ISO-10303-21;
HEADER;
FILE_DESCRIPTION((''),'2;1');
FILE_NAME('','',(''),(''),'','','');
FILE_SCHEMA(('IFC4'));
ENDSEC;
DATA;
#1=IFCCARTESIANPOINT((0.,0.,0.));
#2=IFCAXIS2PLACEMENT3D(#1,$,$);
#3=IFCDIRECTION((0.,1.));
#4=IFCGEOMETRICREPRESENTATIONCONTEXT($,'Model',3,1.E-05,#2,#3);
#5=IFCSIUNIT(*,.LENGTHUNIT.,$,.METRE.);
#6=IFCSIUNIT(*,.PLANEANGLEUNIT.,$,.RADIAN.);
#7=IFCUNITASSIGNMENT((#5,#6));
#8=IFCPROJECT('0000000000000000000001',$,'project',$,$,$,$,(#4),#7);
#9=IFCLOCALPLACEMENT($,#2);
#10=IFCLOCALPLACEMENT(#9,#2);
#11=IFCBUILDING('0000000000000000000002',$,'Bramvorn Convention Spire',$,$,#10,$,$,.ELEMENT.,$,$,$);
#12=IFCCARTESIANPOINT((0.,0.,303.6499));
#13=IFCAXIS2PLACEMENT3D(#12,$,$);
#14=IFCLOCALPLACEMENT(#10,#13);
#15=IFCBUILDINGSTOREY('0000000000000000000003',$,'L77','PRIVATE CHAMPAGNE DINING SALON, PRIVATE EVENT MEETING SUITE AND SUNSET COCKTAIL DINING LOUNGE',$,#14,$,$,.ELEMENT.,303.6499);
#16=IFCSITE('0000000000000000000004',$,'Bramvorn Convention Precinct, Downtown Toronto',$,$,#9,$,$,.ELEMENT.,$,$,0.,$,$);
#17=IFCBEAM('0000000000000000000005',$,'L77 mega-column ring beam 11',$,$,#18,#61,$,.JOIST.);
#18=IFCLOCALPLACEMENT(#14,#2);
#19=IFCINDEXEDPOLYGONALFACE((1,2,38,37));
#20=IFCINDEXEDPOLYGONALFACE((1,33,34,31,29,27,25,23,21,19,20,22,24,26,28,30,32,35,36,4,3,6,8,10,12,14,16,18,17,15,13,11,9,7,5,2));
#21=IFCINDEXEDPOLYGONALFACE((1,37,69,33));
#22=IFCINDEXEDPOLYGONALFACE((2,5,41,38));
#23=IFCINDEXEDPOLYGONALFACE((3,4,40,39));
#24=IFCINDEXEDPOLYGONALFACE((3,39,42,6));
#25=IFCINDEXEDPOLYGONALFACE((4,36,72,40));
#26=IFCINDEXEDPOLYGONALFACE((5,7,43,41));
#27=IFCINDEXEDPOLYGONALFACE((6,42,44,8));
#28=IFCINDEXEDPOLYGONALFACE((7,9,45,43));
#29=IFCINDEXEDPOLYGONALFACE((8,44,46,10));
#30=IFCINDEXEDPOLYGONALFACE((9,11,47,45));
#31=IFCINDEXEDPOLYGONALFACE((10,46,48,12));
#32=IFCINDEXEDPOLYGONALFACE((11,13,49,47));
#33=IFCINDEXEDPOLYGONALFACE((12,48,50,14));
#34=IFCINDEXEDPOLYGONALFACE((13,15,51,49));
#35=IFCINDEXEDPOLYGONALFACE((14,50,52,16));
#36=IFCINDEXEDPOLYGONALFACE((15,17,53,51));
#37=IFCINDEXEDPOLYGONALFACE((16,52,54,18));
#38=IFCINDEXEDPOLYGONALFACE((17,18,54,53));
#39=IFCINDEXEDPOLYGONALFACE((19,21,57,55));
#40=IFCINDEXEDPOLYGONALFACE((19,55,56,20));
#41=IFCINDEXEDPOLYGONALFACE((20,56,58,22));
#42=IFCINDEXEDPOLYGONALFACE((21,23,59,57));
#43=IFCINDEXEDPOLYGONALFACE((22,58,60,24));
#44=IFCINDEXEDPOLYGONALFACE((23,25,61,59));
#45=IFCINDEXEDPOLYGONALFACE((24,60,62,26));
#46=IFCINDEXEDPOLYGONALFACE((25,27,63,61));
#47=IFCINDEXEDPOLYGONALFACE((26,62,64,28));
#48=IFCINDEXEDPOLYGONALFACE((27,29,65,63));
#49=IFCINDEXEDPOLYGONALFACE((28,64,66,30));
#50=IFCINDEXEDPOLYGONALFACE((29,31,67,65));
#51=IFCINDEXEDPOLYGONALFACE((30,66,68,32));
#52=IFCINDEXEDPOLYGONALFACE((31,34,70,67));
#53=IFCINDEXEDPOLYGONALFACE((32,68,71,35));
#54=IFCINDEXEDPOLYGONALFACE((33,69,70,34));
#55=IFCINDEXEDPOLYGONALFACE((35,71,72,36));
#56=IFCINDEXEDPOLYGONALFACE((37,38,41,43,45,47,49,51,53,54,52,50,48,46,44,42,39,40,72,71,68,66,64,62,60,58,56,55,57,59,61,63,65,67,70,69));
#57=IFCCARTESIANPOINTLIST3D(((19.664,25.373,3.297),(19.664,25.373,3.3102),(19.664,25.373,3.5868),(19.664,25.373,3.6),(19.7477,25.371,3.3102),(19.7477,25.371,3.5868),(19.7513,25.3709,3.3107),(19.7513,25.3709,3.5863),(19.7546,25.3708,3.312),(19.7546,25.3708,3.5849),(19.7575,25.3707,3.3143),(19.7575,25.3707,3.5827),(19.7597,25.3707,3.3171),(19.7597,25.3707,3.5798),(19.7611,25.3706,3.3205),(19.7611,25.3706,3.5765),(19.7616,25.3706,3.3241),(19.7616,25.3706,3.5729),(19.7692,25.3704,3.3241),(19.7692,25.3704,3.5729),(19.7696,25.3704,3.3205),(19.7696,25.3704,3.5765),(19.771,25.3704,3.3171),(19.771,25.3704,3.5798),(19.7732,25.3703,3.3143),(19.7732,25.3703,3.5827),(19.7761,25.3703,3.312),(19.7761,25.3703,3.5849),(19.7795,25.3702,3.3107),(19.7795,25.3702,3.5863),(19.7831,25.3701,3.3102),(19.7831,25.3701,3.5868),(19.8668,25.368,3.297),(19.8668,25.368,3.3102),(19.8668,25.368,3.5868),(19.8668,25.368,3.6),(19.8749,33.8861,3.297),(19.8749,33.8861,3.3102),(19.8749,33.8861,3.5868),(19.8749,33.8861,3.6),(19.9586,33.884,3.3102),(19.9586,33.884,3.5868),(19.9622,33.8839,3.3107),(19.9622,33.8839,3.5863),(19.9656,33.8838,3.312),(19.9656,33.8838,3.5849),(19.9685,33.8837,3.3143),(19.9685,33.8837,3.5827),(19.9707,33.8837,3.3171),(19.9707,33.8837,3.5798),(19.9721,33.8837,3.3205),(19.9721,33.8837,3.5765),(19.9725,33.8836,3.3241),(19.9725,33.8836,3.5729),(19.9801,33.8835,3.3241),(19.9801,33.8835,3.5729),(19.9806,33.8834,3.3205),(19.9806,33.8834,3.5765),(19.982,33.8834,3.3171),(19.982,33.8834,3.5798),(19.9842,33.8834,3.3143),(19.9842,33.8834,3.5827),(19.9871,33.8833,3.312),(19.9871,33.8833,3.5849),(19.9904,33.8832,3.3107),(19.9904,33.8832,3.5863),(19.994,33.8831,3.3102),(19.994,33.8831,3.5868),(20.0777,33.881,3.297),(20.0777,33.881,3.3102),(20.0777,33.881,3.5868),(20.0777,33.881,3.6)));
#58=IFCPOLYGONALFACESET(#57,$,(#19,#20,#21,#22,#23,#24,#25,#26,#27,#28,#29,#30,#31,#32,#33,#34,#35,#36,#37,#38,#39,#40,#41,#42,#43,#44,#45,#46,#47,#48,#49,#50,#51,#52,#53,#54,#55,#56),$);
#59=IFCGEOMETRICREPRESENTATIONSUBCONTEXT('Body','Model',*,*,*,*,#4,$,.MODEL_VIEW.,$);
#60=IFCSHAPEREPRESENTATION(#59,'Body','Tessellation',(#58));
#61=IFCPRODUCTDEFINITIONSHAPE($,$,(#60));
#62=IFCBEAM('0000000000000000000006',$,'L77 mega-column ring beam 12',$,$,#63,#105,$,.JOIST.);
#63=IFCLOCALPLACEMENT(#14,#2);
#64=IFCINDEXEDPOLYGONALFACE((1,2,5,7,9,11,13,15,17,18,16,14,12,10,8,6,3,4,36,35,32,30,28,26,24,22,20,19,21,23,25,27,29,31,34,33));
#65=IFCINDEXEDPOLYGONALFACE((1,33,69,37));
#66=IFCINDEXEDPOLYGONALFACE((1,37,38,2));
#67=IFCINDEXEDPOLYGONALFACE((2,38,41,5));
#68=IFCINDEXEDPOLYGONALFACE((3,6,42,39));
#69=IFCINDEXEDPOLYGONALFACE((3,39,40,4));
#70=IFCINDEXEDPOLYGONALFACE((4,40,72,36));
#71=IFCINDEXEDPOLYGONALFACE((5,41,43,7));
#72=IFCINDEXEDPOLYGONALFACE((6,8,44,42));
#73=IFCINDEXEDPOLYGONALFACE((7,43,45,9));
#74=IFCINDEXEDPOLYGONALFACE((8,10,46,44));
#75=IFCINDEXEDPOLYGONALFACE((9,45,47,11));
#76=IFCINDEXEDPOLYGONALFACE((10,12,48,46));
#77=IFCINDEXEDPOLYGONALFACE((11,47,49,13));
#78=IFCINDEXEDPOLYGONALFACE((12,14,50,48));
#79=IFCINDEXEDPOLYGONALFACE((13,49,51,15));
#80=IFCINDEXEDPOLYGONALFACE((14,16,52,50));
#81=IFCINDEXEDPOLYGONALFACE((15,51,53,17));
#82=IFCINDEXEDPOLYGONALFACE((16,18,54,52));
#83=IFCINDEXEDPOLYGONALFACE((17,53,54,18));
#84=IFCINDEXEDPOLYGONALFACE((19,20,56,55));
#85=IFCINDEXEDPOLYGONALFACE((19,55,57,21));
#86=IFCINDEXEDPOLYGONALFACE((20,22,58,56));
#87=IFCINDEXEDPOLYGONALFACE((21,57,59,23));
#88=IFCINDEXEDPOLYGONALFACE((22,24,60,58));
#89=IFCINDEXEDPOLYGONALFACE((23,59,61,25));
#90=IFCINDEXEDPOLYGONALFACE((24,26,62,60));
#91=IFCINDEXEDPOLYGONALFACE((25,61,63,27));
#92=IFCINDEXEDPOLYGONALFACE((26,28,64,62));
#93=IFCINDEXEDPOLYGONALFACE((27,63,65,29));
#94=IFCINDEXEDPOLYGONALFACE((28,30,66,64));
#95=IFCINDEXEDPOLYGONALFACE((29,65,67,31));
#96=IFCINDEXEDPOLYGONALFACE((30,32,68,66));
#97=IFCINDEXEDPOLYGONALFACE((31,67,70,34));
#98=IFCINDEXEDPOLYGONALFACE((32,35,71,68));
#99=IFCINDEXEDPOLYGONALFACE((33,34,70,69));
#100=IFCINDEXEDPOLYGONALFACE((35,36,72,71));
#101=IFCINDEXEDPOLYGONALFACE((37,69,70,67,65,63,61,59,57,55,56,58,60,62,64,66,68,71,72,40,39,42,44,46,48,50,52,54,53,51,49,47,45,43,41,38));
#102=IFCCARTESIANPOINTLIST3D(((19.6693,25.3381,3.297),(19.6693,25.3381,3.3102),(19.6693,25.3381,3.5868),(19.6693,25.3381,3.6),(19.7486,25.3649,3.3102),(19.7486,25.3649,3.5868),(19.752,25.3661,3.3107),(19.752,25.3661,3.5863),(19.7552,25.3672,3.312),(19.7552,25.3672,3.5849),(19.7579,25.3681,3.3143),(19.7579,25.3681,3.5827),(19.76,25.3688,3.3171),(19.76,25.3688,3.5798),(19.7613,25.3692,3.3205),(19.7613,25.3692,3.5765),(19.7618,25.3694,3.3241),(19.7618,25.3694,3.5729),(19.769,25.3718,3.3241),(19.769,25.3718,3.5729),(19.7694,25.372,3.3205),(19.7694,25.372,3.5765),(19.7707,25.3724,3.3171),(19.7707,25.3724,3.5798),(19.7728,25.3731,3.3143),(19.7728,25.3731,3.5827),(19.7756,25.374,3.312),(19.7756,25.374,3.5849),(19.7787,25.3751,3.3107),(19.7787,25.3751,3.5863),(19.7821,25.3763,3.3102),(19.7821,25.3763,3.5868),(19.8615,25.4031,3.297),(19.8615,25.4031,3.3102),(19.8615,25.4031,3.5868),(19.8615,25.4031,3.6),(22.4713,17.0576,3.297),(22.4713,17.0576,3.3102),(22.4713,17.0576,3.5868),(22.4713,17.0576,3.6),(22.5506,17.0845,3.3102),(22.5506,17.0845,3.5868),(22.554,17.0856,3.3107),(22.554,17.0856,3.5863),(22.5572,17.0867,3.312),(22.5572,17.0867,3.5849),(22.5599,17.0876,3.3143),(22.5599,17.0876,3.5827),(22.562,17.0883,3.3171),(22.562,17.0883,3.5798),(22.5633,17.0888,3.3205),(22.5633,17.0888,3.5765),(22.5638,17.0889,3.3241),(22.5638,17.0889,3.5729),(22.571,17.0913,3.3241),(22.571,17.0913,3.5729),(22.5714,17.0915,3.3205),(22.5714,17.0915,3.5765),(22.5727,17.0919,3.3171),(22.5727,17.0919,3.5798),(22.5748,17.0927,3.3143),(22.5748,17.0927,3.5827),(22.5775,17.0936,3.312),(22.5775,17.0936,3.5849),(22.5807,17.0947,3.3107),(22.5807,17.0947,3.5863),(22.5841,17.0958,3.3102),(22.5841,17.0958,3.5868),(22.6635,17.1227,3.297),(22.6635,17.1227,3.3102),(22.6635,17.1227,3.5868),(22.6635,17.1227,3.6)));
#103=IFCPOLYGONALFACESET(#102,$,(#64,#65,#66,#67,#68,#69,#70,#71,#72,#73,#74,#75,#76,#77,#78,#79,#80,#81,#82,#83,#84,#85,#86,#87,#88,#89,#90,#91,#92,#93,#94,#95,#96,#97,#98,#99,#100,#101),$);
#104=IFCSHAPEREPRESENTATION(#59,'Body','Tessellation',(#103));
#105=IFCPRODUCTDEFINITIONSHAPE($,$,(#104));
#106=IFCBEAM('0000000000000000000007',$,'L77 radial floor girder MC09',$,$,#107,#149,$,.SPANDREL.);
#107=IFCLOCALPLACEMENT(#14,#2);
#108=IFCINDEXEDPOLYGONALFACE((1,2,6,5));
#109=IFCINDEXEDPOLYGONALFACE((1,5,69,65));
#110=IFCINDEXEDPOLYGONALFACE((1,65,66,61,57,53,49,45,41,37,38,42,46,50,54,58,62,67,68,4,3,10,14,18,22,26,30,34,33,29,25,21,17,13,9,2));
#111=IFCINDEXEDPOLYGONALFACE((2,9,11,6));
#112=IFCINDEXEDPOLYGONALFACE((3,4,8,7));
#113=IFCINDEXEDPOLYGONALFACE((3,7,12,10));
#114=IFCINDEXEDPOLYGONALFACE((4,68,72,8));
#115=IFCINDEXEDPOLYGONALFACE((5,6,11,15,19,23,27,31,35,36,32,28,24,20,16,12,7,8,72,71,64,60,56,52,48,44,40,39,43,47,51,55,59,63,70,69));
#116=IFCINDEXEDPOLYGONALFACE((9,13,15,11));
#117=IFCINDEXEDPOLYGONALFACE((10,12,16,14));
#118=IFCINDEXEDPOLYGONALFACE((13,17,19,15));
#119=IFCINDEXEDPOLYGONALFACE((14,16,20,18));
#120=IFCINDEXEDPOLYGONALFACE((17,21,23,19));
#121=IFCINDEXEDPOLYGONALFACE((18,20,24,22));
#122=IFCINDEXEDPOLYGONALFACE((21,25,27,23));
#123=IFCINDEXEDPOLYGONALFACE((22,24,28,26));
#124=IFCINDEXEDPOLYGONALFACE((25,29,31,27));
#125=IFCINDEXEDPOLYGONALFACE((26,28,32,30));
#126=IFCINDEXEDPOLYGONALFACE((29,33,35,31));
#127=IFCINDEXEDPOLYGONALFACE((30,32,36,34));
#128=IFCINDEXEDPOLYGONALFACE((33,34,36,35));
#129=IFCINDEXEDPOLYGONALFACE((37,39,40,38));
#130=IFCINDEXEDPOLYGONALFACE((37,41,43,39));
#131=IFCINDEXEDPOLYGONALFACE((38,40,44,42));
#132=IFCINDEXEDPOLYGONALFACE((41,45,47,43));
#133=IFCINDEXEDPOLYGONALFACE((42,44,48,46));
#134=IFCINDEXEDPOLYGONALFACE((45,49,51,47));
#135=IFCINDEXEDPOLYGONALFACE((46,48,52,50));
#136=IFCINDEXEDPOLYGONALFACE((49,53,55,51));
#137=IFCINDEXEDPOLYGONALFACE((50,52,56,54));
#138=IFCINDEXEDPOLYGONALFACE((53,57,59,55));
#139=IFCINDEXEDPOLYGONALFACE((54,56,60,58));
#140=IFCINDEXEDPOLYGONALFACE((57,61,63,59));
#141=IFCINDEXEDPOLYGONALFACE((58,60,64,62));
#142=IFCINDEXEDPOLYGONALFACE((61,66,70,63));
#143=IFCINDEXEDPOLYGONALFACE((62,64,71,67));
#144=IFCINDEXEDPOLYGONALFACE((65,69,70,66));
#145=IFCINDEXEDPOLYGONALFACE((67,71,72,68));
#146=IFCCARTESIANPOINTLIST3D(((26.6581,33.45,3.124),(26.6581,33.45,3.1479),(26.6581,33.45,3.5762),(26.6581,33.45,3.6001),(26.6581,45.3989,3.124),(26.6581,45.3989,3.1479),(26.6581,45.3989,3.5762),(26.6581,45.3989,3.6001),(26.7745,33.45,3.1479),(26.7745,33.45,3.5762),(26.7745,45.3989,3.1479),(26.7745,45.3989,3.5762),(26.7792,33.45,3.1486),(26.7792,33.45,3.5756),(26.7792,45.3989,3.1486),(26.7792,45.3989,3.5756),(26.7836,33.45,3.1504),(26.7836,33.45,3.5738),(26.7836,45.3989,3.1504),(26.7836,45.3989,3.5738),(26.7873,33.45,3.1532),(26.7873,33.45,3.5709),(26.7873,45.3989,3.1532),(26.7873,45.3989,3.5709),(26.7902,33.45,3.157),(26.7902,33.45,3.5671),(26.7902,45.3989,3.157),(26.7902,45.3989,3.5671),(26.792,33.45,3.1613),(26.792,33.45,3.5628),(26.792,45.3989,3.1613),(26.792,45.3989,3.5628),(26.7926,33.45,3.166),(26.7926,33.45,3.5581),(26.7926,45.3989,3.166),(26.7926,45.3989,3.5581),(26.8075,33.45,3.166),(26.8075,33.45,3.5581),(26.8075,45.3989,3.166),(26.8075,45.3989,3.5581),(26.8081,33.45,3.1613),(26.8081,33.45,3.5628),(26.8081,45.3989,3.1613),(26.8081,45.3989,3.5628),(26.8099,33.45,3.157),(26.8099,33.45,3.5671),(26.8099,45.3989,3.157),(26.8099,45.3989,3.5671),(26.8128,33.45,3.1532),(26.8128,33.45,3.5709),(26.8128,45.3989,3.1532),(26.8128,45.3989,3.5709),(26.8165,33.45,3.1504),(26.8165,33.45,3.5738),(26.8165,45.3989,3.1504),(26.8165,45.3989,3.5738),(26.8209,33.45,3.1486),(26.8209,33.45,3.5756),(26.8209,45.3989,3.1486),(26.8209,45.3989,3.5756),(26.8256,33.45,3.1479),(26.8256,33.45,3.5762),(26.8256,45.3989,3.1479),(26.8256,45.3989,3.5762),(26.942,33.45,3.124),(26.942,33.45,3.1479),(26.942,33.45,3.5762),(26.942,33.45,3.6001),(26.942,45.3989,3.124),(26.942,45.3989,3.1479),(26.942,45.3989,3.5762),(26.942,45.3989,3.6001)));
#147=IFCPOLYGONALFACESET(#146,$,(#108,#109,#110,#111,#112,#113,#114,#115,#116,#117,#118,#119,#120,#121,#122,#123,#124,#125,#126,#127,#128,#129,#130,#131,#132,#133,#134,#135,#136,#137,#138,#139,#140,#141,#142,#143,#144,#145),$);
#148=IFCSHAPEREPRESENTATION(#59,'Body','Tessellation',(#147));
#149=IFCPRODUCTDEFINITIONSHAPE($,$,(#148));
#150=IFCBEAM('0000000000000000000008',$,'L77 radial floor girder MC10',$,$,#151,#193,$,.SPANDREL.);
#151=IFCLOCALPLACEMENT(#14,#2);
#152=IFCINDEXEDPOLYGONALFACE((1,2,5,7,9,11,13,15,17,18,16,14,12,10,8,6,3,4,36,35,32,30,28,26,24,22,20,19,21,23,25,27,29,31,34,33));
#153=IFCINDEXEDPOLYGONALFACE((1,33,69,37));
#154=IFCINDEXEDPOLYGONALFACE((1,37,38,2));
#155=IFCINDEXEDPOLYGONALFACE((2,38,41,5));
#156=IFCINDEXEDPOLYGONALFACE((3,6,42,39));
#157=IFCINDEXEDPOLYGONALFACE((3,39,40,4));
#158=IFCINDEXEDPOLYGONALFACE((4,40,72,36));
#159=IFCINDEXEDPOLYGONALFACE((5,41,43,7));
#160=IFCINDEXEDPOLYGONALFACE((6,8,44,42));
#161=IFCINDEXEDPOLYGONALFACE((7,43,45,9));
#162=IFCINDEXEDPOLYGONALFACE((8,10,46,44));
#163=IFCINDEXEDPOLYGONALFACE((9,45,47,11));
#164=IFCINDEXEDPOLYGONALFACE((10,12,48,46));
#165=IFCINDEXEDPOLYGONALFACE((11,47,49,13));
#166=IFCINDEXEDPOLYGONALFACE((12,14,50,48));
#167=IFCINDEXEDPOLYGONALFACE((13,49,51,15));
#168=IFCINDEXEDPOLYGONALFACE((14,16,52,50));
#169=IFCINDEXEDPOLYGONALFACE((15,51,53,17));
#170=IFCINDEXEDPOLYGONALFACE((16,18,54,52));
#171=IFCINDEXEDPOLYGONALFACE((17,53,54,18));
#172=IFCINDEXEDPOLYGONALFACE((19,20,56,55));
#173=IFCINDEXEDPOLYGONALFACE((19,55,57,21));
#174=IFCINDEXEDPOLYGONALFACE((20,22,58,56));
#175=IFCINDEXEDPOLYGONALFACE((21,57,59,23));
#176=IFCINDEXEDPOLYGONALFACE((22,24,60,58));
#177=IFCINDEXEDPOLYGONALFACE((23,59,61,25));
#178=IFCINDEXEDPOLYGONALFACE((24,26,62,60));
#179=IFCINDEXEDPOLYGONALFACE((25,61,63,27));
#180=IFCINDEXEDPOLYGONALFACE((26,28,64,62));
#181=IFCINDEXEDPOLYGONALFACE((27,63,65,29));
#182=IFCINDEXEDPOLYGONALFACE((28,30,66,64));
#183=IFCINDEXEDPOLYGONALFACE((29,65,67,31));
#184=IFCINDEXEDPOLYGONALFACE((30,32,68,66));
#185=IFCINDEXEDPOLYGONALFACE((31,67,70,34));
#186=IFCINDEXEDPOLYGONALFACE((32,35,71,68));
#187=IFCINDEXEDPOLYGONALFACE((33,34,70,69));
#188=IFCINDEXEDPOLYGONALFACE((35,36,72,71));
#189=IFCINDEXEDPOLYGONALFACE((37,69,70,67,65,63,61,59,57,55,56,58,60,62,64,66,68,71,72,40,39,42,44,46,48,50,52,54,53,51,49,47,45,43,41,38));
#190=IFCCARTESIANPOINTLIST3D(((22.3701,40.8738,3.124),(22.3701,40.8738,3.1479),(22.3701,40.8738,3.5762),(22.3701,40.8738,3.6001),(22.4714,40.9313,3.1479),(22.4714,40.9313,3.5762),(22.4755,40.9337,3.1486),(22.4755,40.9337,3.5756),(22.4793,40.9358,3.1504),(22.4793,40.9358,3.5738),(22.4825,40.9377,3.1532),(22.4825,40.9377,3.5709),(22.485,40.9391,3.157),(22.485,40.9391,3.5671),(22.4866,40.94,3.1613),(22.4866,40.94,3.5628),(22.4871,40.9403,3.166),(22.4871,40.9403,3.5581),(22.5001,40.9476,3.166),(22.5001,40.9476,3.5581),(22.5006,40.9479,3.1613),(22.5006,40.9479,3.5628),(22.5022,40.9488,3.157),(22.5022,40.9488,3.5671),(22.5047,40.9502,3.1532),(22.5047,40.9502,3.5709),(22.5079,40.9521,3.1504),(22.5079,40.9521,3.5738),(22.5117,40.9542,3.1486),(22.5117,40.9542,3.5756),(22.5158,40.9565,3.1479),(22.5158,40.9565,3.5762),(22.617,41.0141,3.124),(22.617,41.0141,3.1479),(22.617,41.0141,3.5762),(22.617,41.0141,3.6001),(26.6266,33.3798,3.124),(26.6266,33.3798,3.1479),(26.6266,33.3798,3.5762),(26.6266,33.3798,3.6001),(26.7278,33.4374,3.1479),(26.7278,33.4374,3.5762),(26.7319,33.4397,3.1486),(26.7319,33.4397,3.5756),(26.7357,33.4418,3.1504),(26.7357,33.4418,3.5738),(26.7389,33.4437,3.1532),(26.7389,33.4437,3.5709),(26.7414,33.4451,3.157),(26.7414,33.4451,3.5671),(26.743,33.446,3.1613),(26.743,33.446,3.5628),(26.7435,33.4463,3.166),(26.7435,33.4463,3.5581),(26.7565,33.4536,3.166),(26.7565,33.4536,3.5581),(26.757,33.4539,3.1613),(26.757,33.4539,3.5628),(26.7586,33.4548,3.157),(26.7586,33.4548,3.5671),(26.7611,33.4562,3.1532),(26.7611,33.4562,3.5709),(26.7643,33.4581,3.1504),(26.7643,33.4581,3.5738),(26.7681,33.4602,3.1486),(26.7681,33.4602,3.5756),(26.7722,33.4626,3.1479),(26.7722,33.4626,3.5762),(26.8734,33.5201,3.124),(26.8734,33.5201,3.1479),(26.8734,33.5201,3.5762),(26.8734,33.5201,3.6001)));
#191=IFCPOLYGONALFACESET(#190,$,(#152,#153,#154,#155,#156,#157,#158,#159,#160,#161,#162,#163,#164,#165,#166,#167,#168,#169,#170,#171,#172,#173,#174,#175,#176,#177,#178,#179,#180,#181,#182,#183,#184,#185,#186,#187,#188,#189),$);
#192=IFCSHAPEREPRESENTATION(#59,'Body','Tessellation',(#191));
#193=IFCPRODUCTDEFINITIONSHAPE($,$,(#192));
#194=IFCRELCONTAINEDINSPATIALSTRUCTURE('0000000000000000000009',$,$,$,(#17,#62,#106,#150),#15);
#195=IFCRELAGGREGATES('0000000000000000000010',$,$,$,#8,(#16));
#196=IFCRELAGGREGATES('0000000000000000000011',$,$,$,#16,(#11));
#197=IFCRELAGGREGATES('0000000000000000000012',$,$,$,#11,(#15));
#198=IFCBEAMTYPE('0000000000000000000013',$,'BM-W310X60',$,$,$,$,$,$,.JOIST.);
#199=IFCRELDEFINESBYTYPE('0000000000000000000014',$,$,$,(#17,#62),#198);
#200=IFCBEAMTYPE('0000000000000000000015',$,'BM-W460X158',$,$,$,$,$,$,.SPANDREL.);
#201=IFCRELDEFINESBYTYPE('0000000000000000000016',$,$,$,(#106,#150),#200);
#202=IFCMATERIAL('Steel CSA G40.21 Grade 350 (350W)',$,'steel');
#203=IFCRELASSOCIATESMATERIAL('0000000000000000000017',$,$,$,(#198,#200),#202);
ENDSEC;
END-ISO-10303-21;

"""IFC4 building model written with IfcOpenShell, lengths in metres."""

from ifc_helpers import new_model, si_unit, direction, frame, origin, origin_2d, place, context, subcontext, project, spatial, i_section, extrude, material, material_profile, profile_set, type_object, element, save


model = new_model("IFC4")

# Units and contexts
model_context = context("Model", 3, precision=1e-05, world=origin(), true_north=direction((0.0, 1.0)))
body_context = subcontext(model_context, "Body", "Model", "MODEL_VIEW")
ifc_project = project(units=[si_unit("LENGTHUNIT", "METRE"), si_unit("PLANEANGLEUNIT", "RADIAN")], contexts=[model_context])

# Site, building, storey
site_placement = place(None, origin())
site = spatial("IfcSite", under=ifc_project, at=site_placement, Name="Bramvorn Convention Precinct, Downtown Toronto", CompositionType="ELEMENT", RefElevation=0.0)
building_placement = place(site_placement, origin())
building = spatial("IfcBuilding", under=site, at=building_placement, Name="Bramvorn Convention Spire", CompositionType="ELEMENT")
storey_placement = place(building_placement, frame((0.0, 0.0, 303.6499)))
storey = spatial("IfcBuildingStorey", under=building, at=storey_placement, Name="L77", Description="PRIVATE CHAMPAGNE DINING SALON, PRIVATE EVENT MEETING SUITE AND SUNSET COCKTAIL DINING LOUNGE", CompositionType="ELEMENT", Elevation=303.6499)

# Shared definitions
ifc_material_1 = material(Name="Steel CSA G40.21 Grade 350 (350W)", Category="steel")

# Beams
ifc_material_profile_1 = material_profile(ifc_material_1, i_section(OverallWidth=0.2029, OverallDepth=0.303, WebThickness=0.0076, FlangeThickness=0.0132, FilletRadius=0.0139, at=origin_2d()))
ifc_profile_set_1 = profile_set([ifc_material_profile_1], Name="Steel CSA G40.21 Grade 350 (350W) - W310X60")
beam_type_1 = type_object("IfcBeamType", Name="BM-W310X60", PredefinedType="JOIST", material=ifc_profile_set_1)
beam_1_placement = place(storey_placement, frame((19.9763, 33.8835, 3.4485), z_axis=(-0.024771, -0.999693, 0.0), x_axis=(0.999693, -0.024771, 0.0)))
element("IfcBeam", 1, at=beam_1_placement, inside=storey, type_object=beam_type_1, Name="L77 mega-column ring beam 11", PredefinedType="JOIST", context=body_context, shape_type="SweptSolid", body=[
    extrude(i_section(OverallWidth=0.2029, OverallDepth=0.303, WebThickness=0.0076, FlangeThickness=0.0132, FilletRadius=0.0139, at=origin_2d()), origin(), (0.0, 0.0, 1.0), 8.5156),
])
beam_2_placement = place(storey_placement, frame((19.7654, 25.3706, 3.4485), z_axis=(0.320531, -0.947238, 0.0), x_axis=(0.947238, 0.320531, 0.0)))
element("IfcBeam", 2, at=beam_2_placement, inside=storey, type_object=beam_type_1, Name="L77 mega-column ring beam 12", PredefinedType="JOIST", context=body_context, shape_type="SweptSolid", body=[
    extrude(i_section(OverallWidth=0.2029, OverallDepth=0.303, WebThickness=0.0076, FlangeThickness=0.0132, FilletRadius=0.0139, at=origin_2d()), origin(), (0.0, 0.0, 1.0), 8.7417),
])
ifc_material_profile_2 = material_profile(ifc_material_1, i_section(OverallWidth=0.2839, OverallDepth=0.4761, WebThickness=0.0149, FlangeThickness=0.0239, FilletRadius=0.0181, at=origin_2d()))
ifc_profile_set_2 = profile_set([ifc_material_profile_2], Name="Steel CSA G40.21 Grade 350 (350W) - W460X158")
beam_type_2 = type_object("IfcBeamType", Name="BM-W460X158", PredefinedType="SPANDREL", material=ifc_profile_set_2)
beam_3_placement = place(storey_placement, frame((26.8, 33.45, 3.3621), z_axis=(0.0, 1.0, 0.0), x_axis=(-1.0, 0.0, 0.0)))
element("IfcBeam", 3, at=beam_3_placement, inside=storey, type_object=beam_type_2, Name="L77 radial floor girder MC09", PredefinedType="SPANDREL", context=body_context, shape_type="SweptSolid", body=[
    extrude(i_section(OverallWidth=0.2839, OverallDepth=0.4761, WebThickness=0.0149, FlangeThickness=0.0239, FilletRadius=0.0181, at=origin_2d()), origin(), (0.0, 0.0, 1.0), 11.949),
])
beam_4_placement = place(storey_placement, frame((26.75, 33.45, 3.3621), z_axis=(-0.493874, 0.869534, 0.0), x_axis=(-0.869534, -0.493874, 0.0)))
element("IfcBeam", 4, at=beam_4_placement, inside=storey, type_object=beam_type_2, Name="L77 radial floor girder MC10", PredefinedType="SPANDREL", context=body_context, shape_type="SweptSolid", body=[
    extrude(i_section(OverallWidth=0.2839, OverallDepth=0.4761, WebThickness=0.0149, FlangeThickness=0.0239, FilletRadius=0.0181, at=origin_2d()), origin(), (0.0, 0.0, 1.0), 8.6184),
])

save(model, "model.ifc")
